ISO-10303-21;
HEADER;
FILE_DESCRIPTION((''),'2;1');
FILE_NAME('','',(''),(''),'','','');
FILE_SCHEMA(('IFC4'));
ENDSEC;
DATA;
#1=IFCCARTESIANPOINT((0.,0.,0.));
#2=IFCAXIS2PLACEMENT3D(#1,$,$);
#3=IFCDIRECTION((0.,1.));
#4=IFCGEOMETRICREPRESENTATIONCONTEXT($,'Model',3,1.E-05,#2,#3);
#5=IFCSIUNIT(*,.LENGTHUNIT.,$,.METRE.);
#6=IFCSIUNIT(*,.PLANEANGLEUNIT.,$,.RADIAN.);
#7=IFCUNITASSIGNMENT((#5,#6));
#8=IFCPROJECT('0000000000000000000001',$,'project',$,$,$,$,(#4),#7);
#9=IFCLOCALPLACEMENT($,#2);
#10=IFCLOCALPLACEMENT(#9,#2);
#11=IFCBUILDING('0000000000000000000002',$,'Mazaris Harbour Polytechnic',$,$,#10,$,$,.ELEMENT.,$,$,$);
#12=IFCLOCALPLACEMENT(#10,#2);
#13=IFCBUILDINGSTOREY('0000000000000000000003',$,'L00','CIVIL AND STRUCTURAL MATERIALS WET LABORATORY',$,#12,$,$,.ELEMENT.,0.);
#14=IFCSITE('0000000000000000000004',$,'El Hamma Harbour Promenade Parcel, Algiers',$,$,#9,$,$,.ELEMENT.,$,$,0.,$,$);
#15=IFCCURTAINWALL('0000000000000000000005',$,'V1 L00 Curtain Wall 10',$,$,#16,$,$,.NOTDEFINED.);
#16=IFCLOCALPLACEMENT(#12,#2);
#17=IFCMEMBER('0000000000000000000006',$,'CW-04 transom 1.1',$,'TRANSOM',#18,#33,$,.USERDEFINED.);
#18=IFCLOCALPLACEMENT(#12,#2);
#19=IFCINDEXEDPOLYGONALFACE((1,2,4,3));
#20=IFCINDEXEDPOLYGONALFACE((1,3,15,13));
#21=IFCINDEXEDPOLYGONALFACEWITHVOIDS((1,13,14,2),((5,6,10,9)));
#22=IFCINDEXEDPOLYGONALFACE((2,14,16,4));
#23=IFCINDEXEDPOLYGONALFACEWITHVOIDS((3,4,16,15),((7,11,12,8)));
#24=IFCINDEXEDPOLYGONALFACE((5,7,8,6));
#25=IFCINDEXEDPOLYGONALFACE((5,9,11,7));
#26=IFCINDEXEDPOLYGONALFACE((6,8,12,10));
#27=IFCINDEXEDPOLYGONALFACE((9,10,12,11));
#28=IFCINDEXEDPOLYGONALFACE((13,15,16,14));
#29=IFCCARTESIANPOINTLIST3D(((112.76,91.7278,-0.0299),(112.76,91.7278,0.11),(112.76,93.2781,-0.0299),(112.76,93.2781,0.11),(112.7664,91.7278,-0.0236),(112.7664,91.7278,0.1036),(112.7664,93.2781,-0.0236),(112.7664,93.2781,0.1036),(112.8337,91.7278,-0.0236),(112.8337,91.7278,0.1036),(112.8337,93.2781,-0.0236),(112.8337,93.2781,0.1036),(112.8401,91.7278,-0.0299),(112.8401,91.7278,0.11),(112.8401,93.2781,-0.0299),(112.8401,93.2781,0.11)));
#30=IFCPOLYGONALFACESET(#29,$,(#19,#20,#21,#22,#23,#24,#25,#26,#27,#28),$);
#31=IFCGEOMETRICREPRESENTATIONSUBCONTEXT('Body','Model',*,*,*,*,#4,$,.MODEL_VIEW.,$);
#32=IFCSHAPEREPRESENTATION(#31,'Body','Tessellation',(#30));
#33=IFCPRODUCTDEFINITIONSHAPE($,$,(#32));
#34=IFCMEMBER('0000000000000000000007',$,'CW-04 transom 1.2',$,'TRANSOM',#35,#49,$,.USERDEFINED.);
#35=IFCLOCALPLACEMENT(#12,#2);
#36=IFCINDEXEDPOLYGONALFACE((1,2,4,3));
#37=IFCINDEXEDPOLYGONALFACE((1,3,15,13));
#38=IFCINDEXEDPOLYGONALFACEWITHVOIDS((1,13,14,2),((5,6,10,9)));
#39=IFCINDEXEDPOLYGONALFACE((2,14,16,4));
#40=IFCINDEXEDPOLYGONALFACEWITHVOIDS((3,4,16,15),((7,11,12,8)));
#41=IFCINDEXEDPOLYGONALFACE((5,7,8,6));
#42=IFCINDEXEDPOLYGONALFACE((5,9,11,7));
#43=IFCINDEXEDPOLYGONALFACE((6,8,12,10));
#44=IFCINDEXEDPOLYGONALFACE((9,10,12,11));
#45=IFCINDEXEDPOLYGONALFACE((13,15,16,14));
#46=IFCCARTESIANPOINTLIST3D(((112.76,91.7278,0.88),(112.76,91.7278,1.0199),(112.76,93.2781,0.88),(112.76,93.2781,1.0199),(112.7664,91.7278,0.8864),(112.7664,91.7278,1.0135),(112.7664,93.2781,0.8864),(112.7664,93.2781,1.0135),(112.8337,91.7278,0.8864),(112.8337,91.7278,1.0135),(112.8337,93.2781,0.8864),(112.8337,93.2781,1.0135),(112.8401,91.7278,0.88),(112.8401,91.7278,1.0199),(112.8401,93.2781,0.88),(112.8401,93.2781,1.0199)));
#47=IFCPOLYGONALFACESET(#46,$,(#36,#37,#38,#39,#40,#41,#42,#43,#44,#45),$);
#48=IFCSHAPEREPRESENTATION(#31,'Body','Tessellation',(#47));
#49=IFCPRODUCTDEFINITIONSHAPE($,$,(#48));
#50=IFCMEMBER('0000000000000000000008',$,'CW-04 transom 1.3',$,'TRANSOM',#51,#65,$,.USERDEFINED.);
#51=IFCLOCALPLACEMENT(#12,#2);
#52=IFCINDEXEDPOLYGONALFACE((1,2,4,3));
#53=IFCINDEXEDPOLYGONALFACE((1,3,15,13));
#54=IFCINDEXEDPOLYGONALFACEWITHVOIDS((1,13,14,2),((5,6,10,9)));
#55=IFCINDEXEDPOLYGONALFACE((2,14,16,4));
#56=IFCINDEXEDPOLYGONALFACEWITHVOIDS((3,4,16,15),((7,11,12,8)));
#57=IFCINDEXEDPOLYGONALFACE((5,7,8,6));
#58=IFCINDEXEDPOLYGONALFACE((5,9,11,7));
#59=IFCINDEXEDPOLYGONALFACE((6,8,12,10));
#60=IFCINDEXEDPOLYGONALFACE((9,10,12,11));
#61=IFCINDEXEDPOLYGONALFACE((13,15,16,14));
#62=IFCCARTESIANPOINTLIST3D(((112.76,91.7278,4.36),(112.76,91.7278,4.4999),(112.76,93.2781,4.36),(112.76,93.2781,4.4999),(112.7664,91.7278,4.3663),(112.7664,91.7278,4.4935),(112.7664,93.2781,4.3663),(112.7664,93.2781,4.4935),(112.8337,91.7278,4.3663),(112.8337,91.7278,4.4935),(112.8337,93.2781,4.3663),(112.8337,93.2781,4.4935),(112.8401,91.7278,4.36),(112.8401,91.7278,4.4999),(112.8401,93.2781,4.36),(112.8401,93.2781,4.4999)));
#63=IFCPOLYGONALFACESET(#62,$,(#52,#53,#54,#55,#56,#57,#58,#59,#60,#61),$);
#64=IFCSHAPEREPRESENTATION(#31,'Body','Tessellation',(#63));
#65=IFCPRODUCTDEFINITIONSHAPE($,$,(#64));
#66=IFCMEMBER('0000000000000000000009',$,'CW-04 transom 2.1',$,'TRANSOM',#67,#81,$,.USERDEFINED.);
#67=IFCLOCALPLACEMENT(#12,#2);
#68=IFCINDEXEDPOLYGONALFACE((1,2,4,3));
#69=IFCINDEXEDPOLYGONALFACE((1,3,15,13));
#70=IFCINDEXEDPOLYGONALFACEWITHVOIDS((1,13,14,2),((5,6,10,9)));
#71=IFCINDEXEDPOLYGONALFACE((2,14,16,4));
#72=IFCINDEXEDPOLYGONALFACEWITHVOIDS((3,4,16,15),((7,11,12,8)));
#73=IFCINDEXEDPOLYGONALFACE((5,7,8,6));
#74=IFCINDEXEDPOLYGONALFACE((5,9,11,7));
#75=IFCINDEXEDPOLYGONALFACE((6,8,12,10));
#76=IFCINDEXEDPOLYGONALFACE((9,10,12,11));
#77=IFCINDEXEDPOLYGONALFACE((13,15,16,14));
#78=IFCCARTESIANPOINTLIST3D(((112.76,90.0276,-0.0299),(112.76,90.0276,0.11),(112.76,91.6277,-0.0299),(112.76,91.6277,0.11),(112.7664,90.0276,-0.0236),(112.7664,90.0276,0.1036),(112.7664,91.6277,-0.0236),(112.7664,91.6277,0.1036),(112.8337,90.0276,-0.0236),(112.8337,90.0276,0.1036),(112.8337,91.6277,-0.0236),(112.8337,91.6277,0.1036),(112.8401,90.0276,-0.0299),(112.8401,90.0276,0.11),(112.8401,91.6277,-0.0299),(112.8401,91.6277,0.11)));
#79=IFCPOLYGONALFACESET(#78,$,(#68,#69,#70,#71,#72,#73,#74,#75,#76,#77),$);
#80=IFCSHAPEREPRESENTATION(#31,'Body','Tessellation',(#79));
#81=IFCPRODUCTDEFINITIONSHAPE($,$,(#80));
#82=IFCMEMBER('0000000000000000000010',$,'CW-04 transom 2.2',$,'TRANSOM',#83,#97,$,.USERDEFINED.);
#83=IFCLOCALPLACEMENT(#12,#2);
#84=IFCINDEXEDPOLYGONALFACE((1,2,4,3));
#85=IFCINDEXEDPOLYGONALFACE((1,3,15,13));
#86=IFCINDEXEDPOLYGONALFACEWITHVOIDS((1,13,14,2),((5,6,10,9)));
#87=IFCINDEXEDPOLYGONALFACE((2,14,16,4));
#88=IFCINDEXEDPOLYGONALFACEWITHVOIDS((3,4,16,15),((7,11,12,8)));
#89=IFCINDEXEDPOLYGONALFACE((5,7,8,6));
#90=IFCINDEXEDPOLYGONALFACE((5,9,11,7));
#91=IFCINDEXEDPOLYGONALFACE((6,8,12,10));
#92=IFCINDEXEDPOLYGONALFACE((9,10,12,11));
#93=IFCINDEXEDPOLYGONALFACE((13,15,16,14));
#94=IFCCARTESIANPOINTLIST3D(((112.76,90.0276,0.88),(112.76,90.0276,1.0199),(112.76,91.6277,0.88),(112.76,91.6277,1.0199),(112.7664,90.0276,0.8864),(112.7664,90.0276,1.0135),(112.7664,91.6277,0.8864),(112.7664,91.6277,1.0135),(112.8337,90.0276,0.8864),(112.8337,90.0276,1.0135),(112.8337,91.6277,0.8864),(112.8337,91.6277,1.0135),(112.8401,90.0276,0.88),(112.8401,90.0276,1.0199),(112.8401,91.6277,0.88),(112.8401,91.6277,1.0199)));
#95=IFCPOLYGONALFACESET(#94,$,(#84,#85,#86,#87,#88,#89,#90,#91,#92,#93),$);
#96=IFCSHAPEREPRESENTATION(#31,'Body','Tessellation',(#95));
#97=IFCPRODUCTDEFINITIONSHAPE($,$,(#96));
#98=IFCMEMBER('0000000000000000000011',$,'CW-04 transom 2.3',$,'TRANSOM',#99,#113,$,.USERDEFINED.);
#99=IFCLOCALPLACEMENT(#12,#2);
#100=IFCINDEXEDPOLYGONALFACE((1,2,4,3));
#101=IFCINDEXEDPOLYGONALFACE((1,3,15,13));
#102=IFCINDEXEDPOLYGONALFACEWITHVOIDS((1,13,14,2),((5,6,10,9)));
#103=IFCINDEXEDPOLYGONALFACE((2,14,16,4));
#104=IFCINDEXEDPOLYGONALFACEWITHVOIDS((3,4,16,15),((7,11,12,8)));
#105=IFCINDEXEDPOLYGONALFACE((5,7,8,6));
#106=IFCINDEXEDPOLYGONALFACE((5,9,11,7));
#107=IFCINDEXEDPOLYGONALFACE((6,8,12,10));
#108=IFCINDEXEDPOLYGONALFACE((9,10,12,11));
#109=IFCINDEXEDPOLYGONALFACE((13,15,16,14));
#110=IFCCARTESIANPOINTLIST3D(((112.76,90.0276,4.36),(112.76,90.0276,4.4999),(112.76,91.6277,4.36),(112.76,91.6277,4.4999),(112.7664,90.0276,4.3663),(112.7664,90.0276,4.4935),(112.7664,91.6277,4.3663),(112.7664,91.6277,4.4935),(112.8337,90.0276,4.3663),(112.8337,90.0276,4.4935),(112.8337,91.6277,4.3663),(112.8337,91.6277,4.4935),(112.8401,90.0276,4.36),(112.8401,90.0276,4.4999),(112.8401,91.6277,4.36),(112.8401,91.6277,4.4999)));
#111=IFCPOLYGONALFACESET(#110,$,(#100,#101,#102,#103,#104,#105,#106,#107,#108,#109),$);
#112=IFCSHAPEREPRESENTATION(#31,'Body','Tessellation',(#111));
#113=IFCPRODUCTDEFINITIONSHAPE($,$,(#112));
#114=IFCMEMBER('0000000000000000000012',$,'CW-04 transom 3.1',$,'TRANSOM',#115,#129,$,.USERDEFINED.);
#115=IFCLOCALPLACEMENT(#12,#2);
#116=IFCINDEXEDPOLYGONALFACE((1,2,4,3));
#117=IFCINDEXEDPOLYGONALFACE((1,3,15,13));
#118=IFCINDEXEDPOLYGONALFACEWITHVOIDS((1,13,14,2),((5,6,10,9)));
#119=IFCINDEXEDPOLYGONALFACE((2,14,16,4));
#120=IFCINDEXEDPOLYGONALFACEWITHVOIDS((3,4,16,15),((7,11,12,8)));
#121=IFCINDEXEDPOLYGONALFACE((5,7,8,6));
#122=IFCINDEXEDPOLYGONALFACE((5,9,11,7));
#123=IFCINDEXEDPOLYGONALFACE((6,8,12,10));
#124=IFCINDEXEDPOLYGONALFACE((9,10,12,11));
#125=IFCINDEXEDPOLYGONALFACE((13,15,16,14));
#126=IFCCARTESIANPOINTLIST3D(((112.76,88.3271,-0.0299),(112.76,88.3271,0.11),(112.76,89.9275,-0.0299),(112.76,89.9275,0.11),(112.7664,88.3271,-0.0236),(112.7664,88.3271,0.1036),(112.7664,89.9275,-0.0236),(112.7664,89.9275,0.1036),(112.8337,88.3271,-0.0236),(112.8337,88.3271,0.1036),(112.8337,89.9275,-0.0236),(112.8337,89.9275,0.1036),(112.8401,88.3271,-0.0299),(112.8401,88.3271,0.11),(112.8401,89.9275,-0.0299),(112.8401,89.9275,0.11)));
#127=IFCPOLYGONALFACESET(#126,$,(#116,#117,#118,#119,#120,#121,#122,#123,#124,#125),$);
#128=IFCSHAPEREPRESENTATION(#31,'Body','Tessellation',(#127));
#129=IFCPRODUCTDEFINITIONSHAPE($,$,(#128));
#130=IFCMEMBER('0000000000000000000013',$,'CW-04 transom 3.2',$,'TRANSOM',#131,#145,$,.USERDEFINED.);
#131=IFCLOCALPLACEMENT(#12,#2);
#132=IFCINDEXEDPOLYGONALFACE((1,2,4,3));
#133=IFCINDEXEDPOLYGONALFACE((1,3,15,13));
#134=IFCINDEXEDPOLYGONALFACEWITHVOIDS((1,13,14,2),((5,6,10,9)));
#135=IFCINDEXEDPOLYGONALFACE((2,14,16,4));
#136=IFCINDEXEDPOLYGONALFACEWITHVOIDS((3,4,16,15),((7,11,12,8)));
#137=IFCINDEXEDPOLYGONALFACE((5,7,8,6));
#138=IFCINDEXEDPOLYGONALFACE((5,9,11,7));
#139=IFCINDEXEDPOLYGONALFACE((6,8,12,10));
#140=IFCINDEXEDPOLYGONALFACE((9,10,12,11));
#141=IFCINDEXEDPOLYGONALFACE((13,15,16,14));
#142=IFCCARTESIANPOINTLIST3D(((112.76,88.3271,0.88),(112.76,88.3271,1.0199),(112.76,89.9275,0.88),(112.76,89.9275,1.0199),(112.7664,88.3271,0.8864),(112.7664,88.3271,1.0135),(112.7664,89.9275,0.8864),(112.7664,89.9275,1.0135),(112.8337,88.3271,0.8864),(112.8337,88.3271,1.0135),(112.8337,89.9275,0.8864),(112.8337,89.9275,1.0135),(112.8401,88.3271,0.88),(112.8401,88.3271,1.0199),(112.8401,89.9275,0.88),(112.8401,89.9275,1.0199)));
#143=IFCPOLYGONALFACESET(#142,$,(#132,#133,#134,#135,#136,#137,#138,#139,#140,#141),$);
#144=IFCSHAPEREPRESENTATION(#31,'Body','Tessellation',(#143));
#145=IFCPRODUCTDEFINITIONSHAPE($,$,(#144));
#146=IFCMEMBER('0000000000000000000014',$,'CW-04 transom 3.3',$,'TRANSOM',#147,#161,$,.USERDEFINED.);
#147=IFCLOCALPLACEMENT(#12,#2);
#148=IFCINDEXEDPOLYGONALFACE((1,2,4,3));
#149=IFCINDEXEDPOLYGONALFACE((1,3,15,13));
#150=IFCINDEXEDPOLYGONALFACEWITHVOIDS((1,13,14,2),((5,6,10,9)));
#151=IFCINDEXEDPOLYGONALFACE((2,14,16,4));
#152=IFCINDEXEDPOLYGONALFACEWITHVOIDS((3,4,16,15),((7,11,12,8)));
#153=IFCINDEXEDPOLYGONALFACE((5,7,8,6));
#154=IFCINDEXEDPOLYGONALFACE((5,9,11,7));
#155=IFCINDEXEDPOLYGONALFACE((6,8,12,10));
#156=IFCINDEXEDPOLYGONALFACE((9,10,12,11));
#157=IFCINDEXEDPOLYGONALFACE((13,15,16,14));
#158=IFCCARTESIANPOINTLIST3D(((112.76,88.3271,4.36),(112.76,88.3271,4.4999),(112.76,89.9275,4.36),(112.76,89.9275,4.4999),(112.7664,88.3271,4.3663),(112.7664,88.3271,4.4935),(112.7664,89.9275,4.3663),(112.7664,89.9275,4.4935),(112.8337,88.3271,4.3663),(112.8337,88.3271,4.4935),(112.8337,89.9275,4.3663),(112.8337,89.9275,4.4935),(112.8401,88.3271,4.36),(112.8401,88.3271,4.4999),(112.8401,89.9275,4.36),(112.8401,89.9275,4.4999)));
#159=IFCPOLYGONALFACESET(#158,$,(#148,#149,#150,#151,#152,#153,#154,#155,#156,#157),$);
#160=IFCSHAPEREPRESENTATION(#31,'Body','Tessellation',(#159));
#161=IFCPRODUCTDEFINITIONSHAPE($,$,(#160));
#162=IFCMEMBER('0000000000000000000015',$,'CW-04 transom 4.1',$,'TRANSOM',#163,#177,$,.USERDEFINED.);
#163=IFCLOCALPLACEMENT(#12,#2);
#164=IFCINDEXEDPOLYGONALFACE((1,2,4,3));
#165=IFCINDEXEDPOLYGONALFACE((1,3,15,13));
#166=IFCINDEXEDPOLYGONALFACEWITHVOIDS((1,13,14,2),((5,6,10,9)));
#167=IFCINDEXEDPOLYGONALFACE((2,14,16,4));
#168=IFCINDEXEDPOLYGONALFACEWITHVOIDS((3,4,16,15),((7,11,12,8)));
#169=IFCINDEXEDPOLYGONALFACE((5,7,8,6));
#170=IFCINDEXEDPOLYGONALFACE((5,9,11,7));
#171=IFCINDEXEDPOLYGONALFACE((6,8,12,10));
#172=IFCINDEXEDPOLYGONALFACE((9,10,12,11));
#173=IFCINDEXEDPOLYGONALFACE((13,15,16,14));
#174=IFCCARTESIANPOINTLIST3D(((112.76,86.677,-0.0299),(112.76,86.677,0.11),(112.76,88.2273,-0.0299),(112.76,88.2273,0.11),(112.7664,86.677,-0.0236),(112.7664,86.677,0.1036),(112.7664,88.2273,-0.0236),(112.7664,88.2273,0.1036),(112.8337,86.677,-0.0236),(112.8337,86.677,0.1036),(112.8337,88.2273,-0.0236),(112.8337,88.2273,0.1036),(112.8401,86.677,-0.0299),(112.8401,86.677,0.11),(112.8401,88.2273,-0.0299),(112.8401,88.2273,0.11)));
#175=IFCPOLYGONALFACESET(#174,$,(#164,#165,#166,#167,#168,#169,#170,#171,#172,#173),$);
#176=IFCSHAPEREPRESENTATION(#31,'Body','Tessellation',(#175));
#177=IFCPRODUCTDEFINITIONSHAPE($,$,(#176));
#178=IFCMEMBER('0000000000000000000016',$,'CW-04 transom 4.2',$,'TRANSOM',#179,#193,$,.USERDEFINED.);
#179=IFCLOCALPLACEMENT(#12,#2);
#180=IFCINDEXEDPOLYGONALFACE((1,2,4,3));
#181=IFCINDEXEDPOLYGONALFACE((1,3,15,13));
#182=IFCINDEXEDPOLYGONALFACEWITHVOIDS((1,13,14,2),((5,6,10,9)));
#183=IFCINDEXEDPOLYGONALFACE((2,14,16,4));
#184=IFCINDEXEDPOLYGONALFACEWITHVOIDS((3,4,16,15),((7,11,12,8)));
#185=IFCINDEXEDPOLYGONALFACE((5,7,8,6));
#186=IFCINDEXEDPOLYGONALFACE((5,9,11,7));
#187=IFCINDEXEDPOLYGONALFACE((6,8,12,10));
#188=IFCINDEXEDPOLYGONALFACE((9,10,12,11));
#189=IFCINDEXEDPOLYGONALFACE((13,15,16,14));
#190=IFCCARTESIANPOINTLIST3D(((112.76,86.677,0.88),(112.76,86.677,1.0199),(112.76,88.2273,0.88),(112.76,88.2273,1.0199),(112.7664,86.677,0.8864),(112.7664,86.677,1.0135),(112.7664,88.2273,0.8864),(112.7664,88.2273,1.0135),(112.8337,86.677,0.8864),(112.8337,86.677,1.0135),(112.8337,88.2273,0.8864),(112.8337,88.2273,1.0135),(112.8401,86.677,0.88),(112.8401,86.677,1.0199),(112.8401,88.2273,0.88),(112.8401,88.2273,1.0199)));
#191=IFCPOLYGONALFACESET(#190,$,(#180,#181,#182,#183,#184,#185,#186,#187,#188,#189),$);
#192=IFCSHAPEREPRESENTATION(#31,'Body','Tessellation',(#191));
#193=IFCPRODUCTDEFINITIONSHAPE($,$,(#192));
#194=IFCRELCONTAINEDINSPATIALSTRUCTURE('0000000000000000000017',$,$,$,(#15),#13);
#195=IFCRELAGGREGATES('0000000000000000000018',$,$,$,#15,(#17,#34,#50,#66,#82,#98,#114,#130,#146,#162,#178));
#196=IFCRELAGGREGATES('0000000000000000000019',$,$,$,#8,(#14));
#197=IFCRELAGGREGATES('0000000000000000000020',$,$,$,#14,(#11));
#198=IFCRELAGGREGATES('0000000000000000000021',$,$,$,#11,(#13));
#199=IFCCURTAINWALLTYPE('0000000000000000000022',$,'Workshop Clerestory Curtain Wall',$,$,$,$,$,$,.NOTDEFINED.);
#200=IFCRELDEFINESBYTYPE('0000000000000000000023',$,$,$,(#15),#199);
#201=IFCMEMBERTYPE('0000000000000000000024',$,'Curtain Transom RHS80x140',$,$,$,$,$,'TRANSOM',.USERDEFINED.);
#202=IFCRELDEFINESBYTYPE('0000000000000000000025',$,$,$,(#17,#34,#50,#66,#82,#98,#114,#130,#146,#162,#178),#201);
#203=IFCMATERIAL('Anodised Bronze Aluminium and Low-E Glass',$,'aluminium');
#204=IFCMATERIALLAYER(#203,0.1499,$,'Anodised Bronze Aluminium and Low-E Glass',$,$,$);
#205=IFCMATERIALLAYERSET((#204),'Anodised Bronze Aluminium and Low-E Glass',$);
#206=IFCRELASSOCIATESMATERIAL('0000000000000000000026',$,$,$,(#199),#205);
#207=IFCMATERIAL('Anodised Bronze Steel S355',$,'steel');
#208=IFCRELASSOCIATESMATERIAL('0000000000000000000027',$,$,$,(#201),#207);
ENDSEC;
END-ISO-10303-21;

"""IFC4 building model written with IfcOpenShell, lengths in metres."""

from ifc_helpers import new_model, si_unit, direction, frame, origin, origin_2d, place, context, subcontext, project, spatial, hollow_rectangle, extrude, material, layer, layer_set, material_profile, profile_set, type_object, element, aggregate, save


model = new_model("IFC4")

# Units and contexts
model_context = context("Model", 3, precision=1e-05, world=origin(), true_north=direction((0.0, 1.0)))
body_context = subcontext(model_context, "Body", "Model", "MODEL_VIEW")
ifc_project = project(units=[si_unit("LENGTHUNIT", "METRE"), si_unit("PLANEANGLEUNIT", "RADIAN")], contexts=[model_context])

# Site, building, storey
site_placement = place(None, origin())
site = spatial("IfcSite", under=ifc_project, at=site_placement, Name="El Hamma Harbour Promenade Parcel, Algiers", CompositionType="ELEMENT", RefElevation=0.0)
building_placement = place(site_placement, origin())
building = spatial("IfcBuilding", under=site, at=building_placement, Name="Mazaris Harbour Polytechnic", CompositionType="ELEMENT")
storey_placement = place(building_placement, origin())
storey = spatial("IfcBuildingStorey", under=building, at=storey_placement, Name="L00", Description="CIVIL AND STRUCTURAL MATERIALS WET LABORATORY", CompositionType="ELEMENT", Elevation=0.0)

# Curtain wall
ifc_material_1 = material(Name="Anodised Bronze Aluminium and Low-E Glass", Category="aluminium")
ifc_layer_1 = layer(ifc_material_1, 0.1499, Name="Anodised Bronze Aluminium and Low-E Glass")
ifc_layer_set_1 = layer_set([ifc_layer_1], Name="Anodised Bronze Aluminium and Low-E Glass")
curtain_wall_type = type_object("IfcCurtainWallType", Name="Workshop Clerestory Curtain Wall", PredefinedType="NOTDEFINED", material=ifc_layer_set_1)
curtain_wall_1_placement = place(storey_placement, origin())
curtain_wall_1 = element("IfcCurtainWall", 1, at=curtain_wall_1_placement, inside=storey, type_object=curtain_wall_type, Name="V1 L00 Curtain Wall 10", PredefinedType="NOTDEFINED")

# Members
ifc_material_2 = material(Name="Anodised Bronze Steel S355", Category="steel")
ifc_material_profile_1 = material_profile(ifc_material_2, hollow_rectangle(XDim=0.0801, YDim=0.1399, WallThickness=0.0063, at=origin_2d()), Name="RHS 80x140x6.3")
ifc_profile_set_1 = profile_set([ifc_material_profile_1], Name="Anodised Bronze Steel S355")
member_type_1 = type_object("IfcMemberType", Name="Curtain Transom RHS80x140", ElementType="TRANSOM", PredefinedType="USERDEFINED", material=ifc_profile_set_1)
member_1_placement = place(storey_placement, frame((112.8, 93.2781, 0.04), z_axis=(0.0, -1.0, 0.0), x_axis=(1.0, 0.0, 0.0)))
member_1 = element("IfcMember", 2, at=member_1_placement, type_object=member_type_1, Name="CW-04 transom 1.1", ObjectType="TRANSOM", PredefinedType="USERDEFINED", context=body_context, shape_type="SweptSolid", body=[
    extrude(hollow_rectangle(XDim=0.0801, YDim=0.1399, WallThickness=0.0063, at=origin_2d()), origin(), (0.0, 0.0, 1.0), 1.5503),
])
member_2_placement = place(storey_placement, frame((112.8, 93.2781, 0.95), z_axis=(0.0, -1.0, 0.0), x_axis=(1.0, 0.0, 0.0)))
member_2 = element("IfcMember", 3, at=member_2_placement, type_object=member_type_1, Name="CW-04 transom 1.2", ObjectType="TRANSOM", PredefinedType="USERDEFINED", context=body_context, shape_type="SweptSolid", body=[
    extrude(hollow_rectangle(XDim=0.0801, YDim=0.1399, WallThickness=0.0063, at=origin_2d()), origin(), (0.0, 0.0, 1.0), 1.5503),
])
member_3_placement = place(storey_placement, frame((112.8, 93.2781, 4.4299), z_axis=(0.0, -1.0, 0.0), x_axis=(1.0, 0.0, 0.0)))
member_3 = element("IfcMember", 4, at=member_3_placement, type_object=member_type_1, Name="CW-04 transom 1.3", ObjectType="TRANSOM", PredefinedType="USERDEFINED", context=body_context, shape_type="SweptSolid", body=[
    extrude(hollow_rectangle(XDim=0.0801, YDim=0.1399, WallThickness=0.0063, at=origin_2d()), origin(), (0.0, 0.0, 1.0), 1.5503),
])
member_4_placement = place(storey_placement, frame((112.8, 91.6277, 0.04), z_axis=(0.0, -1.0, 0.0), x_axis=(1.0, 0.0, 0.0)))
member_4 = element("IfcMember", 5, at=member_4_placement, type_object=member_type_1, Name="CW-04 transom 2.1", ObjectType="TRANSOM", PredefinedType="USERDEFINED", context=body_context, shape_type="SweptSolid", body=[
    extrude(hollow_rectangle(XDim=0.0801, YDim=0.1399, WallThickness=0.0063, at=origin_2d()), origin(), (0.0, 0.0, 1.0), 1.6001),
])
member_5_placement = place(storey_placement, frame((112.8, 91.6277, 0.95), z_axis=(0.0, -1.0, 0.0), x_axis=(1.0, 0.0, 0.0)))
member_5 = element("IfcMember", 6, at=member_5_placement, type_object=member_type_1, Name="CW-04 transom 2.2", ObjectType="TRANSOM", PredefinedType="USERDEFINED", context=body_context, shape_type="SweptSolid", body=[
    extrude(hollow_rectangle(XDim=0.0801, YDim=0.1399, WallThickness=0.0063, at=origin_2d()), origin(), (0.0, 0.0, 1.0), 1.6001),
])
member_6_placement = place(storey_placement, frame((112.8, 91.6277, 4.4299), z_axis=(0.0, -1.0, 0.0), x_axis=(1.0, 0.0, 0.0)))
member_6 = element("IfcMember", 7, at=member_6_placement, type_object=member_type_1, Name="CW-04 transom 2.3", ObjectType="TRANSOM", PredefinedType="USERDEFINED", context=body_context, shape_type="SweptSolid", body=[
    extrude(hollow_rectangle(XDim=0.0801, YDim=0.1399, WallThickness=0.0063, at=origin_2d()), origin(), (0.0, 0.0, 1.0), 1.6001),
])
member_7_placement = place(storey_placement, frame((112.8, 89.9275, 0.04), z_axis=(0.0, -1.0, 0.0), x_axis=(1.0, 0.0, 0.0)))
member_7 = element("IfcMember", 8, at=member_7_placement, type_object=member_type_1, Name="CW-04 transom 3.1", ObjectType="TRANSOM", PredefinedType="USERDEFINED", context=body_context, shape_type="SweptSolid", body=[
    extrude(hollow_rectangle(XDim=0.0801, YDim=0.1399, WallThickness=0.0063, at=origin_2d()), origin(), (0.0, 0.0, 1.0), 1.6003),
])
member_8_placement = place(storey_placement, frame((112.8, 89.9275, 0.95), z_axis=(0.0, -1.0, 0.0), x_axis=(1.0, 0.0, 0.0)))
member_8 = element("IfcMember", 9, at=member_8_placement, type_object=member_type_1, Name="CW-04 transom 3.2", ObjectType="TRANSOM", PredefinedType="USERDEFINED", context=body_context, shape_type="SweptSolid", body=[
    extrude(hollow_rectangle(XDim=0.0801, YDim=0.1399, WallThickness=0.0063, at=origin_2d()), origin(), (0.0, 0.0, 1.0), 1.6003),
])
member_9_placement = place(storey_placement, frame((112.8, 89.9275, 4.4299), z_axis=(0.0, -1.0, 0.0), x_axis=(1.0, 0.0, 0.0)))
member_9 = element("IfcMember", 10, at=member_9_placement, type_object=member_type_1, Name="CW-04 transom 3.3", ObjectType="TRANSOM", PredefinedType="USERDEFINED", context=body_context, shape_type="SweptSolid", body=[
    extrude(hollow_rectangle(XDim=0.0801, YDim=0.1399, WallThickness=0.0063, at=origin_2d()), origin(), (0.0, 0.0, 1.0), 1.6003),
])
member_10_placement = place(storey_placement, frame((112.8, 88.2273, 0.04), z_axis=(0.0, -1.0, 0.0), x_axis=(1.0, 0.0, 0.0)))
member_10 = element("IfcMember", 11, at=member_10_placement, type_object=member_type_1, Name="CW-04 transom 4.1", ObjectType="TRANSOM", PredefinedType="USERDEFINED", context=body_context, shape_type="SweptSolid", body=[
    extrude(hollow_rectangle(XDim=0.0801, YDim=0.1399, WallThickness=0.0063, at=origin_2d()), origin(), (0.0, 0.0, 1.0), 1.5503),
])
member_11_placement = place(storey_placement, frame((112.8, 88.2273, 0.95), z_axis=(0.0, -1.0, 0.0), x_axis=(1.0, 0.0, 0.0)))
member_11 = element("IfcMember", 12, at=member_11_placement, type_object=member_type_1, Name="CW-04 transom 4.2", ObjectType="TRANSOM", PredefinedType="USERDEFINED", context=body_context, shape_type="SweptSolid", body=[
    extrude(hollow_rectangle(XDim=0.0801, YDim=0.1399, WallThickness=0.0063, at=origin_2d()), origin(), (0.0, 0.0, 1.0), 1.5503),
])

aggregate(curtain_wall_1, [member_1, member_2, member_3, member_4, member_5, member_6, member_7, member_8, member_9, member_10, member_11])

save(model, "model.ifc")
